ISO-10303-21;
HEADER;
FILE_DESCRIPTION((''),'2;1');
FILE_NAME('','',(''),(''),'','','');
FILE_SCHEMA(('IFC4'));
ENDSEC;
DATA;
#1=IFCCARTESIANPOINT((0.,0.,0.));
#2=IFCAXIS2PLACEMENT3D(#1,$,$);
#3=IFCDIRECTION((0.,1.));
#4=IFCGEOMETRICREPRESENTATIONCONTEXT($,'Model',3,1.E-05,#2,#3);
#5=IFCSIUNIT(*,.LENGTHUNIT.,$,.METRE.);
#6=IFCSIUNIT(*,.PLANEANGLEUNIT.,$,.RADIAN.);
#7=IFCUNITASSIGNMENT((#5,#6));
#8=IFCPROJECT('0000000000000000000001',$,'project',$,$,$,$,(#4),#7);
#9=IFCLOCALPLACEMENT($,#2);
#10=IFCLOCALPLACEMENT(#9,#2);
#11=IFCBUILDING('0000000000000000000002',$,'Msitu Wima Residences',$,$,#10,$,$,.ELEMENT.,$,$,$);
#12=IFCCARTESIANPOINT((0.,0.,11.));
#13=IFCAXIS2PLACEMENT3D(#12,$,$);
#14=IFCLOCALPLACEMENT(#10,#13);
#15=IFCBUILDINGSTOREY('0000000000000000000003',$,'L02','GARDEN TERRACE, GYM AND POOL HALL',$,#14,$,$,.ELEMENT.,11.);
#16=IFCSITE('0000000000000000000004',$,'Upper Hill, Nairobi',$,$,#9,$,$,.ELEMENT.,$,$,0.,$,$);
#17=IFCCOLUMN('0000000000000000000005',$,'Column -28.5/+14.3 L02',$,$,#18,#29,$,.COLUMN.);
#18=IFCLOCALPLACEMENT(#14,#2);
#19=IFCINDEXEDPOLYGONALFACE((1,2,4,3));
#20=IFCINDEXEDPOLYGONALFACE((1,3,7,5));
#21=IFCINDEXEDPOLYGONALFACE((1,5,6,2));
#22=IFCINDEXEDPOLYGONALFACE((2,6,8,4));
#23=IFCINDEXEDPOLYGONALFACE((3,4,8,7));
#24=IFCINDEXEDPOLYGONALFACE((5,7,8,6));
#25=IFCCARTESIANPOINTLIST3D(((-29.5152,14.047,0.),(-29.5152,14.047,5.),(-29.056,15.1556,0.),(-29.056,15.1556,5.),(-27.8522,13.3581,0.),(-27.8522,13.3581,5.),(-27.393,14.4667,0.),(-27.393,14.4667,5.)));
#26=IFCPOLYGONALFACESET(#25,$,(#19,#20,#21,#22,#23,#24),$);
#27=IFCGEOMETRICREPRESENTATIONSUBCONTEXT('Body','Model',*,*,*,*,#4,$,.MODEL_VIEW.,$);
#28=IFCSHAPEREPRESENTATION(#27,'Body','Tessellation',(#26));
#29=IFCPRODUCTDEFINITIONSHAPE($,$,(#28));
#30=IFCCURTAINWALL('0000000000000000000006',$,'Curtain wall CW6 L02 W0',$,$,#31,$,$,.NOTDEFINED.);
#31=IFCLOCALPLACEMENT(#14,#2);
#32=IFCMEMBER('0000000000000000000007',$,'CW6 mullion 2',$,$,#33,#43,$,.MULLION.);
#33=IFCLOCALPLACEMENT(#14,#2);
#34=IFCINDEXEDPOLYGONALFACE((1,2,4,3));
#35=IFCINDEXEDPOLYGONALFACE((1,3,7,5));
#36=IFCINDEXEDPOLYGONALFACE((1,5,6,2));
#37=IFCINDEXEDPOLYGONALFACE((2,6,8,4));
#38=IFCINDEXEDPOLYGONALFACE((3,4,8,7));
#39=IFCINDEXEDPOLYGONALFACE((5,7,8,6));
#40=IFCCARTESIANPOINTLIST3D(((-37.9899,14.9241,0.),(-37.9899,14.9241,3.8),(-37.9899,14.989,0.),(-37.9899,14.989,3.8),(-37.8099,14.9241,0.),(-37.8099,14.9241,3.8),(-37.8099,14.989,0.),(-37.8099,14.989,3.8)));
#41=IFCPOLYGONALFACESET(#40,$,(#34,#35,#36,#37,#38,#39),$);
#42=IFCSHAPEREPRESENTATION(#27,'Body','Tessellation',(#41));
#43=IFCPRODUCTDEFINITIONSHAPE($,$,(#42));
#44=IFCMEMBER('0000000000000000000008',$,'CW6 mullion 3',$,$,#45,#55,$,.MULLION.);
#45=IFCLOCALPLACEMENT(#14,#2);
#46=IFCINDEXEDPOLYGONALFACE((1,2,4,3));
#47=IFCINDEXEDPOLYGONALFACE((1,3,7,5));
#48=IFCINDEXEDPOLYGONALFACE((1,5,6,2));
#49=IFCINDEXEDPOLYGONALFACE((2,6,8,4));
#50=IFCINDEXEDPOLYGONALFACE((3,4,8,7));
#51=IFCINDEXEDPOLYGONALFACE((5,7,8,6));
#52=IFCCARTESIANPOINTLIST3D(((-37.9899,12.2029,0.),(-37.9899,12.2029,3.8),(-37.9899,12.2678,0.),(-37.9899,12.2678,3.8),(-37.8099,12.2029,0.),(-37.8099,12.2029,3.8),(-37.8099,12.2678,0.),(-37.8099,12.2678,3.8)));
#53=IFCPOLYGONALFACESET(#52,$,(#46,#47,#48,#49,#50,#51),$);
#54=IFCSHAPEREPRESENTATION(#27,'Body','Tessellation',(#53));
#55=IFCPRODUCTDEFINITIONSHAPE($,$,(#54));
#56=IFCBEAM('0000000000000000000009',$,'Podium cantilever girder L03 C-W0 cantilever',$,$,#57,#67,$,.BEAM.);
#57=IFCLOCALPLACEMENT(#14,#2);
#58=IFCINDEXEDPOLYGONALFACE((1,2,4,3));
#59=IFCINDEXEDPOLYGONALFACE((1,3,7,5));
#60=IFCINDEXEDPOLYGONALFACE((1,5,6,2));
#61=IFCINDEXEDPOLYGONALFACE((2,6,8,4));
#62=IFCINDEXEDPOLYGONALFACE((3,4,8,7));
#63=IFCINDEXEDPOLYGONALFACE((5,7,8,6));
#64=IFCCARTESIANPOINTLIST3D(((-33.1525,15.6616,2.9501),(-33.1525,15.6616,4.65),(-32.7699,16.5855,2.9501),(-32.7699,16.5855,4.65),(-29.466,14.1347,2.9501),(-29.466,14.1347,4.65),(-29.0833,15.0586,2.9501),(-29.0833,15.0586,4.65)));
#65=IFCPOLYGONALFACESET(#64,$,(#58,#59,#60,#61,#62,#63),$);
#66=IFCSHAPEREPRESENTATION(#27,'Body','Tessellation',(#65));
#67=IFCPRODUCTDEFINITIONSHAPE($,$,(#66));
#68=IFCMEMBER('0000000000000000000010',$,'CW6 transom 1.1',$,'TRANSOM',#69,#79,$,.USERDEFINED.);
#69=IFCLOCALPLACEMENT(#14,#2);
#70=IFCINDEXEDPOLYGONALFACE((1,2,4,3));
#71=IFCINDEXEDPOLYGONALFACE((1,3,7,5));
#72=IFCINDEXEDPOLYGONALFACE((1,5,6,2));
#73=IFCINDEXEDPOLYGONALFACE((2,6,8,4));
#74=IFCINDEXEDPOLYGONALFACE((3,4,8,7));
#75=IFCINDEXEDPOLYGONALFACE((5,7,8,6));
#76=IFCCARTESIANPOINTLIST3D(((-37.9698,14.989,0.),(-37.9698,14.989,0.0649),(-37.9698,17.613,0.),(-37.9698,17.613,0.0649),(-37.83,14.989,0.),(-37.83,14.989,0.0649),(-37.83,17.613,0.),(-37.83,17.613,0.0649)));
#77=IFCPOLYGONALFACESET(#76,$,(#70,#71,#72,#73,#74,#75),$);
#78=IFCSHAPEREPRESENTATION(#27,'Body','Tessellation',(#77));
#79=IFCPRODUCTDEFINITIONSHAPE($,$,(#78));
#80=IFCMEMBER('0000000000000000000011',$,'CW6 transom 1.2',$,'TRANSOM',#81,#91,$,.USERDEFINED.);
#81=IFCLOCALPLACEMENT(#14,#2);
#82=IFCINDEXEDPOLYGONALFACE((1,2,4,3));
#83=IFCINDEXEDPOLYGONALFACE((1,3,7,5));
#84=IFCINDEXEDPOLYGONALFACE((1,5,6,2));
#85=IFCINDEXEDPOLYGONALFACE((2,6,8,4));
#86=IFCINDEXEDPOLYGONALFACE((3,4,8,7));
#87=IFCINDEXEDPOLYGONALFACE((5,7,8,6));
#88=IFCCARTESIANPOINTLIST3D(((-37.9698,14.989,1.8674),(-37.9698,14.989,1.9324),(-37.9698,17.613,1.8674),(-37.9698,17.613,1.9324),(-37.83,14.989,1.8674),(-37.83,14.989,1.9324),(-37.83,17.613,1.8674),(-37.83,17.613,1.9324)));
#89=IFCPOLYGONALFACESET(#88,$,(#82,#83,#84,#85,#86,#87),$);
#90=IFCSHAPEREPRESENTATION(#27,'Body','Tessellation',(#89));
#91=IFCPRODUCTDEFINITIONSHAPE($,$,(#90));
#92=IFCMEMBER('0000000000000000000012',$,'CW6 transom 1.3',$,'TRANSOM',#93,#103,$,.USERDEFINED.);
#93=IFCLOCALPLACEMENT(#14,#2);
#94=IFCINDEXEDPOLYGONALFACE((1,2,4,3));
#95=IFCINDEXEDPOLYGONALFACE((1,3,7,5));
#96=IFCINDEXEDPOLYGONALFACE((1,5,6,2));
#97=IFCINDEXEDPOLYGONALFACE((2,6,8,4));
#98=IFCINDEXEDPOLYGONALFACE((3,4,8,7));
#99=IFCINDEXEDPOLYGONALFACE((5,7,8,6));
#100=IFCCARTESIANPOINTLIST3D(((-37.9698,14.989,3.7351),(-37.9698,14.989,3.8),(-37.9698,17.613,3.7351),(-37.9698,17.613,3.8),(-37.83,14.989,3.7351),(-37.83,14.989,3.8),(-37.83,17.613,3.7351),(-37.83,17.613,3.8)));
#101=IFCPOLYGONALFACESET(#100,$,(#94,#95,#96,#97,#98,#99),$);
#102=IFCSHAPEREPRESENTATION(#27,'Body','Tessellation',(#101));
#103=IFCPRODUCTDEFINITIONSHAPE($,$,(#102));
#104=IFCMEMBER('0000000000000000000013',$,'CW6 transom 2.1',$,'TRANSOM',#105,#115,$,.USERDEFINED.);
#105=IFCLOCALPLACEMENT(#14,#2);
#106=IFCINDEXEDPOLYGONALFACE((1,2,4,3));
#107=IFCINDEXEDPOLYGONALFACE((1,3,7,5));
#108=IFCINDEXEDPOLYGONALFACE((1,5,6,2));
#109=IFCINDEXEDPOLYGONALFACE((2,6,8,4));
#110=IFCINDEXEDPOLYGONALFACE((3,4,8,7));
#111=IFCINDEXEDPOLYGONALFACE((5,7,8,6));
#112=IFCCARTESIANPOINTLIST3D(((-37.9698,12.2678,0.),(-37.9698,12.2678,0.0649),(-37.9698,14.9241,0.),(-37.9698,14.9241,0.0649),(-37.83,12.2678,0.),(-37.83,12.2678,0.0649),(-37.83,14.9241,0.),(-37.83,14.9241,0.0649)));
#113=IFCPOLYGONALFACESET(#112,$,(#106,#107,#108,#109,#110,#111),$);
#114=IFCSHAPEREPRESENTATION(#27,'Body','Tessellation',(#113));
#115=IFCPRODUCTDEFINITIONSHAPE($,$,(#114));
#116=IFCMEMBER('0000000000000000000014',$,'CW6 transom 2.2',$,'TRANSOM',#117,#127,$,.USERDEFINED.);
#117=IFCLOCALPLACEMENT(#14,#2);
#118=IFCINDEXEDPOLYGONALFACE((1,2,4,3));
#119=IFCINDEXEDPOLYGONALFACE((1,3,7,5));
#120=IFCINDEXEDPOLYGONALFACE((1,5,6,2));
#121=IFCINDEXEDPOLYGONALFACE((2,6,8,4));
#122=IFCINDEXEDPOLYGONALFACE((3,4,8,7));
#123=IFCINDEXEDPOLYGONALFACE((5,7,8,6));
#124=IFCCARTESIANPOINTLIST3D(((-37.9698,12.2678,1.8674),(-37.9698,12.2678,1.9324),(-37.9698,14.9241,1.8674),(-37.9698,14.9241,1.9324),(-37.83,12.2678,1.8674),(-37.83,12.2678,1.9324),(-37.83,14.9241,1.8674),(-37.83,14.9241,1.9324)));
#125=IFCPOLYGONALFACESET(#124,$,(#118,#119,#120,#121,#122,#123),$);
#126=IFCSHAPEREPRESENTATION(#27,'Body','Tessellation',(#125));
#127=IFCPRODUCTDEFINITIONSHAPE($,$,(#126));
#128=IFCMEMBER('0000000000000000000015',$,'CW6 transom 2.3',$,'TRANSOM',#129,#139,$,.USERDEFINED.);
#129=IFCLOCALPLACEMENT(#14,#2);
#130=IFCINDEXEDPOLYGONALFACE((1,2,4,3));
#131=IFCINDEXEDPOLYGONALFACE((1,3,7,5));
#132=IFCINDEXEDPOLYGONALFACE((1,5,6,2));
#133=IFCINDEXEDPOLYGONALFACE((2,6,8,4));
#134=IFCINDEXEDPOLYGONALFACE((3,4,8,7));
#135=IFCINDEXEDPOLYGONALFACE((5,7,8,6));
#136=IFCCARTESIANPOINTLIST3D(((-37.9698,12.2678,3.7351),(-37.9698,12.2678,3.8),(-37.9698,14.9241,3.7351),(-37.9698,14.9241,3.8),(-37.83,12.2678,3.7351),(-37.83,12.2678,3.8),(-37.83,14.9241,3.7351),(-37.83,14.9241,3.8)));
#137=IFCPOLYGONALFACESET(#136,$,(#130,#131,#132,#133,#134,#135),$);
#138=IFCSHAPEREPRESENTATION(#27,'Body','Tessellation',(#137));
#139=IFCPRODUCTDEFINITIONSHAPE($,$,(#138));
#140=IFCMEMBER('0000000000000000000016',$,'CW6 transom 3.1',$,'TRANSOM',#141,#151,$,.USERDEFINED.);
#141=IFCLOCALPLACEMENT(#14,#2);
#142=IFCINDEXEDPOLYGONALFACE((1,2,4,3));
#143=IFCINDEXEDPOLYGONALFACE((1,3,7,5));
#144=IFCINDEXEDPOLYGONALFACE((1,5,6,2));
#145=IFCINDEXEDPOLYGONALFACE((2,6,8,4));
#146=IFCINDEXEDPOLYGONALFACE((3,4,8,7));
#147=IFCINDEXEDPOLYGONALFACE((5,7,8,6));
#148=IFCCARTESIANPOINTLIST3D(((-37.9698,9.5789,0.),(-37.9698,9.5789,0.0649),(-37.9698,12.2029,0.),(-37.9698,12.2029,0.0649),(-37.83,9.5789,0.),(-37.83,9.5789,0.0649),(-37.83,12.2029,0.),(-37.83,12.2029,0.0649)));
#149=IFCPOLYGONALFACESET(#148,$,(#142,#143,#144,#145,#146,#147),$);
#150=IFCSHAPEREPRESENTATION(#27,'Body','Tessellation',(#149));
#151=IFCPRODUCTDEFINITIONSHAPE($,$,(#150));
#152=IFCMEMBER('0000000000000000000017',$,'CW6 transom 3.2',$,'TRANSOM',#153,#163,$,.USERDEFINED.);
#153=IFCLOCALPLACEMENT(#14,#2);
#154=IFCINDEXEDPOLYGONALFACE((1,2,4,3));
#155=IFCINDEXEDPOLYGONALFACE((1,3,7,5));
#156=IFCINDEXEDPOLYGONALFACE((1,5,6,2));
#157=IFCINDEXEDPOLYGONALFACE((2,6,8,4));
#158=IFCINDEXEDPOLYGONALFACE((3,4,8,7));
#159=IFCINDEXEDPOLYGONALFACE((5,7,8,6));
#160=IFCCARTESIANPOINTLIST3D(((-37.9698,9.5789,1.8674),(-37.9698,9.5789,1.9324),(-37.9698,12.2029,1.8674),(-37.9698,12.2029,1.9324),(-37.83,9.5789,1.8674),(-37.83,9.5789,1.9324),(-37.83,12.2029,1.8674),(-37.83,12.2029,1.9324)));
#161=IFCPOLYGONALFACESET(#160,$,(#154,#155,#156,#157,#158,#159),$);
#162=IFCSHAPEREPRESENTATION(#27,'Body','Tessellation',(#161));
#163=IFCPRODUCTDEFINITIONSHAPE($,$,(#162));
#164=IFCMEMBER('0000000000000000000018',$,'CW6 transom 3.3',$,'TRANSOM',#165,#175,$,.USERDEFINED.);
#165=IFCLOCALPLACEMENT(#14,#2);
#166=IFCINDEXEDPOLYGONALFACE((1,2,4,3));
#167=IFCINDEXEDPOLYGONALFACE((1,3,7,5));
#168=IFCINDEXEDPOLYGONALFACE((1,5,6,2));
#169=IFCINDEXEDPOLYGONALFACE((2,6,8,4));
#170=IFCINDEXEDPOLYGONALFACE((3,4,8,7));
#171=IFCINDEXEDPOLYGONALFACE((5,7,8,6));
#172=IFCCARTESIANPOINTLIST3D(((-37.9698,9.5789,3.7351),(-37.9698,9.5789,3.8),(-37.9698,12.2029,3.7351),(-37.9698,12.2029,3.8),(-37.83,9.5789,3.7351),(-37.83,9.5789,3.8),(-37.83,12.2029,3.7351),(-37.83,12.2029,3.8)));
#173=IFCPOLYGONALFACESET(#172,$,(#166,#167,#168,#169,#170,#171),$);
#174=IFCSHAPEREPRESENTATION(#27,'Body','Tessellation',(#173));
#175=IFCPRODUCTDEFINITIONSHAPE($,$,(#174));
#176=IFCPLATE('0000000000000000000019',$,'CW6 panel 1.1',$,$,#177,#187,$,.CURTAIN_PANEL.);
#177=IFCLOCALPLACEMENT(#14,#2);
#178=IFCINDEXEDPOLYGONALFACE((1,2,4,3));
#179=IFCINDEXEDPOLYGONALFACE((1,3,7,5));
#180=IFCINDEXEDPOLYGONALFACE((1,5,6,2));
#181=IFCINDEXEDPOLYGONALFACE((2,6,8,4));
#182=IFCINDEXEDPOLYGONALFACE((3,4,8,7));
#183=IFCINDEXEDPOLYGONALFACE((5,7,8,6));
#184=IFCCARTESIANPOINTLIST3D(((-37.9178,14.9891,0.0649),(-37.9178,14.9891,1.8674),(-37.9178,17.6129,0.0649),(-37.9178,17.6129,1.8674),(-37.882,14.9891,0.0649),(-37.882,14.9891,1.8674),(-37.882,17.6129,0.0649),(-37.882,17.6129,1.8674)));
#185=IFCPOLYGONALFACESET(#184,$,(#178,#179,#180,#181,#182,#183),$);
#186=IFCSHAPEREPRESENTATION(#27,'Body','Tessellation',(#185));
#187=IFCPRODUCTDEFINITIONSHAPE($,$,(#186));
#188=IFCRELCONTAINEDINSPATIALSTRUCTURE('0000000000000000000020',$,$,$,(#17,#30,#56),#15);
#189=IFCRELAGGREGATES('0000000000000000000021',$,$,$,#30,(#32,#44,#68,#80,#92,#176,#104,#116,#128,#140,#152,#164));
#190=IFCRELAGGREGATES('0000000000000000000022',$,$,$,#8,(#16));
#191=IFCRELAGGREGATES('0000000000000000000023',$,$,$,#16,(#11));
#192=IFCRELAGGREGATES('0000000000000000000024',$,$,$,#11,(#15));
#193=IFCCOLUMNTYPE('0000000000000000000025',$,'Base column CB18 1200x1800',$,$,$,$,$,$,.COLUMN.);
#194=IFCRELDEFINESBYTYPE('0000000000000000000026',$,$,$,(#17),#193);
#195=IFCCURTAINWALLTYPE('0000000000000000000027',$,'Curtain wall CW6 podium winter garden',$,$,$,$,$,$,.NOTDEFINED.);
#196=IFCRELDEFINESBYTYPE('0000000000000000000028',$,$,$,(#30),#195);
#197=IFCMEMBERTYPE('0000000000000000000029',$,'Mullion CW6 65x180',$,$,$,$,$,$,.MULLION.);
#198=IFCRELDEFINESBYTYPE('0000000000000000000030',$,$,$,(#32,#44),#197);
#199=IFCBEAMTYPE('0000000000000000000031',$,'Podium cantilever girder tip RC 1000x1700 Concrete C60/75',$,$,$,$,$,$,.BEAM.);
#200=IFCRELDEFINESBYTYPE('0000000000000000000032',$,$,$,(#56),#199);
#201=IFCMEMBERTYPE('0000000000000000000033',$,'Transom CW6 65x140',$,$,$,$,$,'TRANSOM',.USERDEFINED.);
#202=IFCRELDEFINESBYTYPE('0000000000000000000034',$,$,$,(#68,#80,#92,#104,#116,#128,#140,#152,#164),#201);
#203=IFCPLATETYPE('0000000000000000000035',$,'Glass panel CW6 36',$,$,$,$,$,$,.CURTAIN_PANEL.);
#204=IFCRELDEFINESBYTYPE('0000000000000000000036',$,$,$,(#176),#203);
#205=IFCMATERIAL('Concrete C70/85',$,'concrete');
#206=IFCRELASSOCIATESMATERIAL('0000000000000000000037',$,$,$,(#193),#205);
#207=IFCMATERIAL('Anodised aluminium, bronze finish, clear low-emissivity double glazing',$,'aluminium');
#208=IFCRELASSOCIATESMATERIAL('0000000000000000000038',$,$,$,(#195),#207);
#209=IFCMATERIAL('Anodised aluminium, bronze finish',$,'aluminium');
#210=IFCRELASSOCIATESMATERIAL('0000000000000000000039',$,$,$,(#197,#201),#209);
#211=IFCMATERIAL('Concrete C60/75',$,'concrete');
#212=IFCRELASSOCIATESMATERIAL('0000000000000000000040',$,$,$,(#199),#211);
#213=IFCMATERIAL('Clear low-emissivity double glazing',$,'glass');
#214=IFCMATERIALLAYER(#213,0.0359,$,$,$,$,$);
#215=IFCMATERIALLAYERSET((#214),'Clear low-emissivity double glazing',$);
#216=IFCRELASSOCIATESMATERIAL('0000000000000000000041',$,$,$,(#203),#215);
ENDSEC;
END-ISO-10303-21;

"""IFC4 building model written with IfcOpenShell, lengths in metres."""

from ifc_helpers import new_model, si_unit, direction, frame, origin, origin_2d, place, context, subcontext, project, spatial, rectangle, extrude, material, layer, layer_set, material_profile, profile_set, type_object, element, aggregate, save


model = new_model("IFC4")

# Units and contexts
model_context = context("Model", 3, precision=1e-05, world=origin(), true_north=direction((0.0, 1.0)))
body_context = subcontext(model_context, "Body", "Model", "MODEL_VIEW")
ifc_project = project(units=[si_unit("LENGTHUNIT", "METRE"), si_unit("PLANEANGLEUNIT", "RADIAN")], contexts=[model_context])

# Site, building, storey
site_placement = place(None, origin())
site = spatial("IfcSite", under=ifc_project, at=site_placement, Name="Upper Hill, Nairobi", CompositionType="ELEMENT", RefElevation=0.0)
building_placement = place(site_placement, origin())
building = spatial("IfcBuilding", under=site, at=building_placement, Name="Msitu Wima Residences", CompositionType="ELEMENT")
storey_placement = place(building_placement, frame((0.0, 0.0, 11.0)))
storey = spatial("IfcBuildingStorey", under=building, at=storey_placement, Name="L02", Description="GARDEN TERRACE, GYM AND POOL HALL", CompositionType="ELEMENT", Elevation=11.0)

# Column
ifc_material_1 = material(Name="Concrete C70/85", Category="concrete")
ifc_material_profile_1 = material_profile(ifc_material_1, rectangle(XDim=1.2, YDim=1.8, at=origin_2d()), Name="RC 1200x1800")
ifc_profile_set_1 = profile_set([ifc_material_profile_1], Name="Concrete C70/85")
column_type = type_object("IfcColumnType", Name="Base column CB18 1200x1800", PredefinedType="COLUMN", material=ifc_profile_set_1)
column_placement = place(storey_placement, frame((-28.4541, 14.2568, 0.0), z_axis=(0.0, 0.0, 1.0), x_axis=(-0.382683, -0.92388, 0.0)))
element("IfcColumn", 1, at=column_placement, inside=storey, type_object=column_type, Name="Column -28.5/+14.3 L02", PredefinedType="COLUMN", context=body_context, shape_type="SweptSolid", body=[
    extrude(rectangle(XDim=1.2, YDim=1.8, at=origin_2d()), origin(), (0.0, 0.0, 1.0), 5.0),
])

# Curtain wall, members
ifc_material_2 = material(Name="Anodised aluminium, bronze finish, clear low-emissivity double glazing", Category="aluminium")
curtain_wall_type = type_object("IfcCurtainWallType", Name="Curtain wall CW6 podium winter garden", PredefinedType="NOTDEFINED", material=ifc_material_2)
curtain_wall_placement = place(storey_placement, origin())
curtain_wall = element("IfcCurtainWall", 2, at=curtain_wall_placement, inside=storey, type_object=curtain_wall_type, Name="Curtain wall CW6 L02 W0", PredefinedType="NOTDEFINED")
ifc_material_3 = material(Name="Anodised aluminium, bronze finish", Category="aluminium")
ifc_material_profile_2 = material_profile(ifc_material_3, rectangle(XDim=0.1799, YDim=0.0649, at=origin_2d()), Name="Mullion 65x180")
ifc_profile_set_2 = profile_set([ifc_material_profile_2], Name="Anodised aluminium, bronze finish")
member_type_1 = type_object("IfcMemberType", Name="Mullion CW6 65x180", PredefinedType="MULLION", material=ifc_profile_set_2)
member_1_placement = place(storey_placement, frame((-37.8999, 14.9565, 0.0), z_axis=(0.0, 0.0, 1.0), x_axis=(1.0, 0.0, 0.0)))
member_1 = element("IfcMember", 3, at=member_1_placement, type_object=member_type_1, Name="CW6 mullion 2", PredefinedType="MULLION", context=body_context, shape_type="SweptSolid", body=[
    extrude(rectangle(XDim=0.1799, YDim=0.0649, at=origin_2d()), origin(), (0.0, 0.0, 1.0), 3.8),
])
member_2_placement = place(storey_placement, frame((-37.8999, 12.2354, 0.0), z_axis=(0.0, 0.0, 1.0), x_axis=(1.0, 0.0, 0.0)))
member_2 = element("IfcMember", 4, at=member_2_placement, type_object=member_type_1, Name="CW6 mullion 3", PredefinedType="MULLION", context=body_context, shape_type="SweptSolid", body=[
    extrude(rectangle(XDim=0.1799, YDim=0.0649, at=origin_2d()), origin(), (0.0, 0.0, 1.0), 3.8),
])

# Beam
ifc_material_4 = material(Name="Concrete C60/75", Category="concrete")
ifc_material_profile_3 = material_profile(ifc_material_4, rectangle(XDim=1.0, YDim=1.7, at=origin_2d()), Name="RC 1000x1700")
ifc_profile_set_3 = profile_set([ifc_material_profile_3], Name="Concrete C60/75")
beam_type = type_object("IfcBeamType", Name="Podium cantilever girder tip RC 1000x1700 Concrete C60/75", PredefinedType="BEAM", material=ifc_profile_set_3)
beam_placement = place(storey_placement, frame((-29.2747, 14.5967, 3.8), z_axis=(-0.923893, 0.382651, 0.0), x_axis=(-0.382651, -0.923893, 0.0)))
element("IfcBeam", 5, at=beam_placement, inside=storey, type_object=beam_type, Name="Podium cantilever girder L03 C-W0 cantilever", PredefinedType="BEAM", context=body_context, shape_type="SweptSolid", body=[
    extrude(rectangle(XDim=1.0, YDim=1.7, at=origin_2d()), origin(), (0.0, 0.0, 1.0), 3.9902),
])

# Members
ifc_material_profile_4 = material_profile(ifc_material_3, rectangle(XDim=0.1399, YDim=0.0649, at=origin_2d()), Name="Transom 65x140")
ifc_profile_set_4 = profile_set([ifc_material_profile_4], Name="Anodised aluminium, bronze finish")
member_type_2 = type_object("IfcMemberType", Name="Transom CW6 65x140", ElementType="TRANSOM", PredefinedType="USERDEFINED", material=ifc_profile_set_4)
member_3_placement = place(storey_placement, frame((-37.8999, 17.613, 0.0325), z_axis=(0.0, -1.0, 0.0), x_axis=(1.0, 0.0, 0.0)))
member_3 = element("IfcMember", 6, at=member_3_placement, type_object=member_type_2, Name="CW6 transom 1.1", ObjectType="TRANSOM", PredefinedType="USERDEFINED", context=body_context, shape_type="SweptSolid", body=[
    extrude(rectangle(XDim=0.1399, YDim=0.0649, at=origin_2d()), origin(), (0.0, 0.0, 1.0), 2.624),
])
member_4_placement = place(storey_placement, frame((-37.8999, 17.613, 1.8999), z_axis=(0.0, -1.0, 0.0), x_axis=(1.0, 0.0, 0.0)))
member_4 = element("IfcMember", 7, at=member_4_placement, type_object=member_type_2, Name="CW6 transom 1.2", ObjectType="TRANSOM", PredefinedType="USERDEFINED", context=body_context, shape_type="SweptSolid", body=[
    extrude(rectangle(XDim=0.1399, YDim=0.0649, at=origin_2d()), origin(), (0.0, 0.0, 1.0), 2.624),
])
member_5_placement = place(storey_placement, frame((-37.8999, 17.613, 3.7676), z_axis=(0.0, -1.0, 0.0), x_axis=(1.0, 0.0, 0.0)))
member_5 = element("IfcMember", 8, at=member_5_placement, type_object=member_type_2, Name="CW6 transom 1.3", ObjectType="TRANSOM", PredefinedType="USERDEFINED", context=body_context, shape_type="SweptSolid", body=[
    extrude(rectangle(XDim=0.1399, YDim=0.0649, at=origin_2d()), origin(), (0.0, 0.0, 1.0), 2.624),
])
member_6_placement = place(storey_placement, frame((-37.8999, 14.9241, 0.0325), z_axis=(0.0, -1.0, 0.0), x_axis=(1.0, 0.0, 0.0)))
member_6 = element("IfcMember", 9, at=member_6_placement, type_object=member_type_2, Name="CW6 transom 2.1", ObjectType="TRANSOM", PredefinedType="USERDEFINED", context=body_context, shape_type="SweptSolid", body=[
    extrude(rectangle(XDim=0.1399, YDim=0.0649, at=origin_2d()), origin(), (0.0, 0.0, 1.0), 2.6562),
])
member_7_placement = place(storey_placement, frame((-37.8999, 14.9241, 1.8999), z_axis=(0.0, -1.0, 0.0), x_axis=(1.0, 0.0, 0.0)))
member_7 = element("IfcMember", 10, at=member_7_placement, type_object=member_type_2, Name="CW6 transom 2.2", ObjectType="TRANSOM", PredefinedType="USERDEFINED", context=body_context, shape_type="SweptSolid", body=[
    extrude(rectangle(XDim=0.1399, YDim=0.0649, at=origin_2d()), origin(), (0.0, 0.0, 1.0), 2.6562),
])
member_8_placement = place(storey_placement, frame((-37.8999, 14.9241, 3.7676), z_axis=(0.0, -1.0, 0.0), x_axis=(1.0, 0.0, 0.0)))
member_8 = element("IfcMember", 11, at=member_8_placement, type_object=member_type_2, Name="CW6 transom 2.3", ObjectType="TRANSOM", PredefinedType="USERDEFINED", context=body_context, shape_type="SweptSolid", body=[
    extrude(rectangle(XDim=0.1399, YDim=0.0649, at=origin_2d()), origin(), (0.0, 0.0, 1.0), 2.6562),
])
member_9_placement = place(storey_placement, frame((-37.8999, 12.2029, 0.0325), z_axis=(0.0, -1.0, 0.0), x_axis=(1.0, 0.0, 0.0)))
member_9 = element("IfcMember", 12, at=member_9_placement, type_object=member_type_2, Name="CW6 transom 3.1", ObjectType="TRANSOM", PredefinedType="USERDEFINED", context=body_context, shape_type="SweptSolid", body=[
    extrude(rectangle(XDim=0.1399, YDim=0.0649, at=origin_2d()), origin(), (0.0, 0.0, 1.0), 2.624),
])
member_10_placement = place(storey_placement, frame((-37.8999, 12.2029, 1.8999), z_axis=(0.0, -1.0, 0.0), x_axis=(1.0, 0.0, 0.0)))
member_10 = element("IfcMember", 13, at=member_10_placement, type_object=member_type_2, Name="CW6 transom 3.2", ObjectType="TRANSOM", PredefinedType="USERDEFINED", context=body_context, shape_type="SweptSolid", body=[
    extrude(rectangle(XDim=0.1399, YDim=0.0649, at=origin_2d()), origin(), (0.0, 0.0, 1.0), 2.624),
])
member_11_placement = place(storey_placement, frame((-37.8999, 12.2029, 3.7676), z_axis=(0.0, -1.0, 0.0), x_axis=(1.0, 0.0, 0.0)))
member_11 = element("IfcMember", 14, at=member_11_placement, type_object=member_type_2, Name="CW6 transom 3.3", ObjectType="TRANSOM", PredefinedType="USERDEFINED", context=body_context, shape_type="SweptSolid", body=[
    extrude(rectangle(XDim=0.1399, YDim=0.0649, at=origin_2d()), origin(), (0.0, 0.0, 1.0), 2.624),
])

# Plate
ifc_material_5 = material(Name="Clear low-emissivity double glazing", Category="glass")
ifc_layer_1 = layer(ifc_material_5, 0.0359)
ifc_layer_set_1 = layer_set([ifc_layer_1], Name="Clear low-emissivity double glazing")
plate_type = type_object("IfcPlateType", Name="Glass panel CW6 36", PredefinedType="CURTAIN_PANEL", material=ifc_layer_set_1)
plate_1_placement = place(storey_placement, frame((-37.8999, 16.301, 0.0649), z_axis=(0.0, 0.0, 1.0), x_axis=(0.0, -1.0, 0.0)))
plate_1 = element("IfcPlate", 15, at=plate_1_placement, type_object=plate_type, Name="CW6 panel 1.1", PredefinedType="CURTAIN_PANEL", context=body_context, shape_type="SweptSolid", body=[
    extrude(rectangle(XDim=2.6238, YDim=0.0359, at=origin_2d()), origin(), (0.0, 0.0, 1.0), 1.8025),
])
aggregate(curtain_wall, [member_1, member_2, member_3, member_4, member_5, plate_1, member_6, member_7, member_8, member_9, member_10, member_11])

save(model, "model.ifc")
